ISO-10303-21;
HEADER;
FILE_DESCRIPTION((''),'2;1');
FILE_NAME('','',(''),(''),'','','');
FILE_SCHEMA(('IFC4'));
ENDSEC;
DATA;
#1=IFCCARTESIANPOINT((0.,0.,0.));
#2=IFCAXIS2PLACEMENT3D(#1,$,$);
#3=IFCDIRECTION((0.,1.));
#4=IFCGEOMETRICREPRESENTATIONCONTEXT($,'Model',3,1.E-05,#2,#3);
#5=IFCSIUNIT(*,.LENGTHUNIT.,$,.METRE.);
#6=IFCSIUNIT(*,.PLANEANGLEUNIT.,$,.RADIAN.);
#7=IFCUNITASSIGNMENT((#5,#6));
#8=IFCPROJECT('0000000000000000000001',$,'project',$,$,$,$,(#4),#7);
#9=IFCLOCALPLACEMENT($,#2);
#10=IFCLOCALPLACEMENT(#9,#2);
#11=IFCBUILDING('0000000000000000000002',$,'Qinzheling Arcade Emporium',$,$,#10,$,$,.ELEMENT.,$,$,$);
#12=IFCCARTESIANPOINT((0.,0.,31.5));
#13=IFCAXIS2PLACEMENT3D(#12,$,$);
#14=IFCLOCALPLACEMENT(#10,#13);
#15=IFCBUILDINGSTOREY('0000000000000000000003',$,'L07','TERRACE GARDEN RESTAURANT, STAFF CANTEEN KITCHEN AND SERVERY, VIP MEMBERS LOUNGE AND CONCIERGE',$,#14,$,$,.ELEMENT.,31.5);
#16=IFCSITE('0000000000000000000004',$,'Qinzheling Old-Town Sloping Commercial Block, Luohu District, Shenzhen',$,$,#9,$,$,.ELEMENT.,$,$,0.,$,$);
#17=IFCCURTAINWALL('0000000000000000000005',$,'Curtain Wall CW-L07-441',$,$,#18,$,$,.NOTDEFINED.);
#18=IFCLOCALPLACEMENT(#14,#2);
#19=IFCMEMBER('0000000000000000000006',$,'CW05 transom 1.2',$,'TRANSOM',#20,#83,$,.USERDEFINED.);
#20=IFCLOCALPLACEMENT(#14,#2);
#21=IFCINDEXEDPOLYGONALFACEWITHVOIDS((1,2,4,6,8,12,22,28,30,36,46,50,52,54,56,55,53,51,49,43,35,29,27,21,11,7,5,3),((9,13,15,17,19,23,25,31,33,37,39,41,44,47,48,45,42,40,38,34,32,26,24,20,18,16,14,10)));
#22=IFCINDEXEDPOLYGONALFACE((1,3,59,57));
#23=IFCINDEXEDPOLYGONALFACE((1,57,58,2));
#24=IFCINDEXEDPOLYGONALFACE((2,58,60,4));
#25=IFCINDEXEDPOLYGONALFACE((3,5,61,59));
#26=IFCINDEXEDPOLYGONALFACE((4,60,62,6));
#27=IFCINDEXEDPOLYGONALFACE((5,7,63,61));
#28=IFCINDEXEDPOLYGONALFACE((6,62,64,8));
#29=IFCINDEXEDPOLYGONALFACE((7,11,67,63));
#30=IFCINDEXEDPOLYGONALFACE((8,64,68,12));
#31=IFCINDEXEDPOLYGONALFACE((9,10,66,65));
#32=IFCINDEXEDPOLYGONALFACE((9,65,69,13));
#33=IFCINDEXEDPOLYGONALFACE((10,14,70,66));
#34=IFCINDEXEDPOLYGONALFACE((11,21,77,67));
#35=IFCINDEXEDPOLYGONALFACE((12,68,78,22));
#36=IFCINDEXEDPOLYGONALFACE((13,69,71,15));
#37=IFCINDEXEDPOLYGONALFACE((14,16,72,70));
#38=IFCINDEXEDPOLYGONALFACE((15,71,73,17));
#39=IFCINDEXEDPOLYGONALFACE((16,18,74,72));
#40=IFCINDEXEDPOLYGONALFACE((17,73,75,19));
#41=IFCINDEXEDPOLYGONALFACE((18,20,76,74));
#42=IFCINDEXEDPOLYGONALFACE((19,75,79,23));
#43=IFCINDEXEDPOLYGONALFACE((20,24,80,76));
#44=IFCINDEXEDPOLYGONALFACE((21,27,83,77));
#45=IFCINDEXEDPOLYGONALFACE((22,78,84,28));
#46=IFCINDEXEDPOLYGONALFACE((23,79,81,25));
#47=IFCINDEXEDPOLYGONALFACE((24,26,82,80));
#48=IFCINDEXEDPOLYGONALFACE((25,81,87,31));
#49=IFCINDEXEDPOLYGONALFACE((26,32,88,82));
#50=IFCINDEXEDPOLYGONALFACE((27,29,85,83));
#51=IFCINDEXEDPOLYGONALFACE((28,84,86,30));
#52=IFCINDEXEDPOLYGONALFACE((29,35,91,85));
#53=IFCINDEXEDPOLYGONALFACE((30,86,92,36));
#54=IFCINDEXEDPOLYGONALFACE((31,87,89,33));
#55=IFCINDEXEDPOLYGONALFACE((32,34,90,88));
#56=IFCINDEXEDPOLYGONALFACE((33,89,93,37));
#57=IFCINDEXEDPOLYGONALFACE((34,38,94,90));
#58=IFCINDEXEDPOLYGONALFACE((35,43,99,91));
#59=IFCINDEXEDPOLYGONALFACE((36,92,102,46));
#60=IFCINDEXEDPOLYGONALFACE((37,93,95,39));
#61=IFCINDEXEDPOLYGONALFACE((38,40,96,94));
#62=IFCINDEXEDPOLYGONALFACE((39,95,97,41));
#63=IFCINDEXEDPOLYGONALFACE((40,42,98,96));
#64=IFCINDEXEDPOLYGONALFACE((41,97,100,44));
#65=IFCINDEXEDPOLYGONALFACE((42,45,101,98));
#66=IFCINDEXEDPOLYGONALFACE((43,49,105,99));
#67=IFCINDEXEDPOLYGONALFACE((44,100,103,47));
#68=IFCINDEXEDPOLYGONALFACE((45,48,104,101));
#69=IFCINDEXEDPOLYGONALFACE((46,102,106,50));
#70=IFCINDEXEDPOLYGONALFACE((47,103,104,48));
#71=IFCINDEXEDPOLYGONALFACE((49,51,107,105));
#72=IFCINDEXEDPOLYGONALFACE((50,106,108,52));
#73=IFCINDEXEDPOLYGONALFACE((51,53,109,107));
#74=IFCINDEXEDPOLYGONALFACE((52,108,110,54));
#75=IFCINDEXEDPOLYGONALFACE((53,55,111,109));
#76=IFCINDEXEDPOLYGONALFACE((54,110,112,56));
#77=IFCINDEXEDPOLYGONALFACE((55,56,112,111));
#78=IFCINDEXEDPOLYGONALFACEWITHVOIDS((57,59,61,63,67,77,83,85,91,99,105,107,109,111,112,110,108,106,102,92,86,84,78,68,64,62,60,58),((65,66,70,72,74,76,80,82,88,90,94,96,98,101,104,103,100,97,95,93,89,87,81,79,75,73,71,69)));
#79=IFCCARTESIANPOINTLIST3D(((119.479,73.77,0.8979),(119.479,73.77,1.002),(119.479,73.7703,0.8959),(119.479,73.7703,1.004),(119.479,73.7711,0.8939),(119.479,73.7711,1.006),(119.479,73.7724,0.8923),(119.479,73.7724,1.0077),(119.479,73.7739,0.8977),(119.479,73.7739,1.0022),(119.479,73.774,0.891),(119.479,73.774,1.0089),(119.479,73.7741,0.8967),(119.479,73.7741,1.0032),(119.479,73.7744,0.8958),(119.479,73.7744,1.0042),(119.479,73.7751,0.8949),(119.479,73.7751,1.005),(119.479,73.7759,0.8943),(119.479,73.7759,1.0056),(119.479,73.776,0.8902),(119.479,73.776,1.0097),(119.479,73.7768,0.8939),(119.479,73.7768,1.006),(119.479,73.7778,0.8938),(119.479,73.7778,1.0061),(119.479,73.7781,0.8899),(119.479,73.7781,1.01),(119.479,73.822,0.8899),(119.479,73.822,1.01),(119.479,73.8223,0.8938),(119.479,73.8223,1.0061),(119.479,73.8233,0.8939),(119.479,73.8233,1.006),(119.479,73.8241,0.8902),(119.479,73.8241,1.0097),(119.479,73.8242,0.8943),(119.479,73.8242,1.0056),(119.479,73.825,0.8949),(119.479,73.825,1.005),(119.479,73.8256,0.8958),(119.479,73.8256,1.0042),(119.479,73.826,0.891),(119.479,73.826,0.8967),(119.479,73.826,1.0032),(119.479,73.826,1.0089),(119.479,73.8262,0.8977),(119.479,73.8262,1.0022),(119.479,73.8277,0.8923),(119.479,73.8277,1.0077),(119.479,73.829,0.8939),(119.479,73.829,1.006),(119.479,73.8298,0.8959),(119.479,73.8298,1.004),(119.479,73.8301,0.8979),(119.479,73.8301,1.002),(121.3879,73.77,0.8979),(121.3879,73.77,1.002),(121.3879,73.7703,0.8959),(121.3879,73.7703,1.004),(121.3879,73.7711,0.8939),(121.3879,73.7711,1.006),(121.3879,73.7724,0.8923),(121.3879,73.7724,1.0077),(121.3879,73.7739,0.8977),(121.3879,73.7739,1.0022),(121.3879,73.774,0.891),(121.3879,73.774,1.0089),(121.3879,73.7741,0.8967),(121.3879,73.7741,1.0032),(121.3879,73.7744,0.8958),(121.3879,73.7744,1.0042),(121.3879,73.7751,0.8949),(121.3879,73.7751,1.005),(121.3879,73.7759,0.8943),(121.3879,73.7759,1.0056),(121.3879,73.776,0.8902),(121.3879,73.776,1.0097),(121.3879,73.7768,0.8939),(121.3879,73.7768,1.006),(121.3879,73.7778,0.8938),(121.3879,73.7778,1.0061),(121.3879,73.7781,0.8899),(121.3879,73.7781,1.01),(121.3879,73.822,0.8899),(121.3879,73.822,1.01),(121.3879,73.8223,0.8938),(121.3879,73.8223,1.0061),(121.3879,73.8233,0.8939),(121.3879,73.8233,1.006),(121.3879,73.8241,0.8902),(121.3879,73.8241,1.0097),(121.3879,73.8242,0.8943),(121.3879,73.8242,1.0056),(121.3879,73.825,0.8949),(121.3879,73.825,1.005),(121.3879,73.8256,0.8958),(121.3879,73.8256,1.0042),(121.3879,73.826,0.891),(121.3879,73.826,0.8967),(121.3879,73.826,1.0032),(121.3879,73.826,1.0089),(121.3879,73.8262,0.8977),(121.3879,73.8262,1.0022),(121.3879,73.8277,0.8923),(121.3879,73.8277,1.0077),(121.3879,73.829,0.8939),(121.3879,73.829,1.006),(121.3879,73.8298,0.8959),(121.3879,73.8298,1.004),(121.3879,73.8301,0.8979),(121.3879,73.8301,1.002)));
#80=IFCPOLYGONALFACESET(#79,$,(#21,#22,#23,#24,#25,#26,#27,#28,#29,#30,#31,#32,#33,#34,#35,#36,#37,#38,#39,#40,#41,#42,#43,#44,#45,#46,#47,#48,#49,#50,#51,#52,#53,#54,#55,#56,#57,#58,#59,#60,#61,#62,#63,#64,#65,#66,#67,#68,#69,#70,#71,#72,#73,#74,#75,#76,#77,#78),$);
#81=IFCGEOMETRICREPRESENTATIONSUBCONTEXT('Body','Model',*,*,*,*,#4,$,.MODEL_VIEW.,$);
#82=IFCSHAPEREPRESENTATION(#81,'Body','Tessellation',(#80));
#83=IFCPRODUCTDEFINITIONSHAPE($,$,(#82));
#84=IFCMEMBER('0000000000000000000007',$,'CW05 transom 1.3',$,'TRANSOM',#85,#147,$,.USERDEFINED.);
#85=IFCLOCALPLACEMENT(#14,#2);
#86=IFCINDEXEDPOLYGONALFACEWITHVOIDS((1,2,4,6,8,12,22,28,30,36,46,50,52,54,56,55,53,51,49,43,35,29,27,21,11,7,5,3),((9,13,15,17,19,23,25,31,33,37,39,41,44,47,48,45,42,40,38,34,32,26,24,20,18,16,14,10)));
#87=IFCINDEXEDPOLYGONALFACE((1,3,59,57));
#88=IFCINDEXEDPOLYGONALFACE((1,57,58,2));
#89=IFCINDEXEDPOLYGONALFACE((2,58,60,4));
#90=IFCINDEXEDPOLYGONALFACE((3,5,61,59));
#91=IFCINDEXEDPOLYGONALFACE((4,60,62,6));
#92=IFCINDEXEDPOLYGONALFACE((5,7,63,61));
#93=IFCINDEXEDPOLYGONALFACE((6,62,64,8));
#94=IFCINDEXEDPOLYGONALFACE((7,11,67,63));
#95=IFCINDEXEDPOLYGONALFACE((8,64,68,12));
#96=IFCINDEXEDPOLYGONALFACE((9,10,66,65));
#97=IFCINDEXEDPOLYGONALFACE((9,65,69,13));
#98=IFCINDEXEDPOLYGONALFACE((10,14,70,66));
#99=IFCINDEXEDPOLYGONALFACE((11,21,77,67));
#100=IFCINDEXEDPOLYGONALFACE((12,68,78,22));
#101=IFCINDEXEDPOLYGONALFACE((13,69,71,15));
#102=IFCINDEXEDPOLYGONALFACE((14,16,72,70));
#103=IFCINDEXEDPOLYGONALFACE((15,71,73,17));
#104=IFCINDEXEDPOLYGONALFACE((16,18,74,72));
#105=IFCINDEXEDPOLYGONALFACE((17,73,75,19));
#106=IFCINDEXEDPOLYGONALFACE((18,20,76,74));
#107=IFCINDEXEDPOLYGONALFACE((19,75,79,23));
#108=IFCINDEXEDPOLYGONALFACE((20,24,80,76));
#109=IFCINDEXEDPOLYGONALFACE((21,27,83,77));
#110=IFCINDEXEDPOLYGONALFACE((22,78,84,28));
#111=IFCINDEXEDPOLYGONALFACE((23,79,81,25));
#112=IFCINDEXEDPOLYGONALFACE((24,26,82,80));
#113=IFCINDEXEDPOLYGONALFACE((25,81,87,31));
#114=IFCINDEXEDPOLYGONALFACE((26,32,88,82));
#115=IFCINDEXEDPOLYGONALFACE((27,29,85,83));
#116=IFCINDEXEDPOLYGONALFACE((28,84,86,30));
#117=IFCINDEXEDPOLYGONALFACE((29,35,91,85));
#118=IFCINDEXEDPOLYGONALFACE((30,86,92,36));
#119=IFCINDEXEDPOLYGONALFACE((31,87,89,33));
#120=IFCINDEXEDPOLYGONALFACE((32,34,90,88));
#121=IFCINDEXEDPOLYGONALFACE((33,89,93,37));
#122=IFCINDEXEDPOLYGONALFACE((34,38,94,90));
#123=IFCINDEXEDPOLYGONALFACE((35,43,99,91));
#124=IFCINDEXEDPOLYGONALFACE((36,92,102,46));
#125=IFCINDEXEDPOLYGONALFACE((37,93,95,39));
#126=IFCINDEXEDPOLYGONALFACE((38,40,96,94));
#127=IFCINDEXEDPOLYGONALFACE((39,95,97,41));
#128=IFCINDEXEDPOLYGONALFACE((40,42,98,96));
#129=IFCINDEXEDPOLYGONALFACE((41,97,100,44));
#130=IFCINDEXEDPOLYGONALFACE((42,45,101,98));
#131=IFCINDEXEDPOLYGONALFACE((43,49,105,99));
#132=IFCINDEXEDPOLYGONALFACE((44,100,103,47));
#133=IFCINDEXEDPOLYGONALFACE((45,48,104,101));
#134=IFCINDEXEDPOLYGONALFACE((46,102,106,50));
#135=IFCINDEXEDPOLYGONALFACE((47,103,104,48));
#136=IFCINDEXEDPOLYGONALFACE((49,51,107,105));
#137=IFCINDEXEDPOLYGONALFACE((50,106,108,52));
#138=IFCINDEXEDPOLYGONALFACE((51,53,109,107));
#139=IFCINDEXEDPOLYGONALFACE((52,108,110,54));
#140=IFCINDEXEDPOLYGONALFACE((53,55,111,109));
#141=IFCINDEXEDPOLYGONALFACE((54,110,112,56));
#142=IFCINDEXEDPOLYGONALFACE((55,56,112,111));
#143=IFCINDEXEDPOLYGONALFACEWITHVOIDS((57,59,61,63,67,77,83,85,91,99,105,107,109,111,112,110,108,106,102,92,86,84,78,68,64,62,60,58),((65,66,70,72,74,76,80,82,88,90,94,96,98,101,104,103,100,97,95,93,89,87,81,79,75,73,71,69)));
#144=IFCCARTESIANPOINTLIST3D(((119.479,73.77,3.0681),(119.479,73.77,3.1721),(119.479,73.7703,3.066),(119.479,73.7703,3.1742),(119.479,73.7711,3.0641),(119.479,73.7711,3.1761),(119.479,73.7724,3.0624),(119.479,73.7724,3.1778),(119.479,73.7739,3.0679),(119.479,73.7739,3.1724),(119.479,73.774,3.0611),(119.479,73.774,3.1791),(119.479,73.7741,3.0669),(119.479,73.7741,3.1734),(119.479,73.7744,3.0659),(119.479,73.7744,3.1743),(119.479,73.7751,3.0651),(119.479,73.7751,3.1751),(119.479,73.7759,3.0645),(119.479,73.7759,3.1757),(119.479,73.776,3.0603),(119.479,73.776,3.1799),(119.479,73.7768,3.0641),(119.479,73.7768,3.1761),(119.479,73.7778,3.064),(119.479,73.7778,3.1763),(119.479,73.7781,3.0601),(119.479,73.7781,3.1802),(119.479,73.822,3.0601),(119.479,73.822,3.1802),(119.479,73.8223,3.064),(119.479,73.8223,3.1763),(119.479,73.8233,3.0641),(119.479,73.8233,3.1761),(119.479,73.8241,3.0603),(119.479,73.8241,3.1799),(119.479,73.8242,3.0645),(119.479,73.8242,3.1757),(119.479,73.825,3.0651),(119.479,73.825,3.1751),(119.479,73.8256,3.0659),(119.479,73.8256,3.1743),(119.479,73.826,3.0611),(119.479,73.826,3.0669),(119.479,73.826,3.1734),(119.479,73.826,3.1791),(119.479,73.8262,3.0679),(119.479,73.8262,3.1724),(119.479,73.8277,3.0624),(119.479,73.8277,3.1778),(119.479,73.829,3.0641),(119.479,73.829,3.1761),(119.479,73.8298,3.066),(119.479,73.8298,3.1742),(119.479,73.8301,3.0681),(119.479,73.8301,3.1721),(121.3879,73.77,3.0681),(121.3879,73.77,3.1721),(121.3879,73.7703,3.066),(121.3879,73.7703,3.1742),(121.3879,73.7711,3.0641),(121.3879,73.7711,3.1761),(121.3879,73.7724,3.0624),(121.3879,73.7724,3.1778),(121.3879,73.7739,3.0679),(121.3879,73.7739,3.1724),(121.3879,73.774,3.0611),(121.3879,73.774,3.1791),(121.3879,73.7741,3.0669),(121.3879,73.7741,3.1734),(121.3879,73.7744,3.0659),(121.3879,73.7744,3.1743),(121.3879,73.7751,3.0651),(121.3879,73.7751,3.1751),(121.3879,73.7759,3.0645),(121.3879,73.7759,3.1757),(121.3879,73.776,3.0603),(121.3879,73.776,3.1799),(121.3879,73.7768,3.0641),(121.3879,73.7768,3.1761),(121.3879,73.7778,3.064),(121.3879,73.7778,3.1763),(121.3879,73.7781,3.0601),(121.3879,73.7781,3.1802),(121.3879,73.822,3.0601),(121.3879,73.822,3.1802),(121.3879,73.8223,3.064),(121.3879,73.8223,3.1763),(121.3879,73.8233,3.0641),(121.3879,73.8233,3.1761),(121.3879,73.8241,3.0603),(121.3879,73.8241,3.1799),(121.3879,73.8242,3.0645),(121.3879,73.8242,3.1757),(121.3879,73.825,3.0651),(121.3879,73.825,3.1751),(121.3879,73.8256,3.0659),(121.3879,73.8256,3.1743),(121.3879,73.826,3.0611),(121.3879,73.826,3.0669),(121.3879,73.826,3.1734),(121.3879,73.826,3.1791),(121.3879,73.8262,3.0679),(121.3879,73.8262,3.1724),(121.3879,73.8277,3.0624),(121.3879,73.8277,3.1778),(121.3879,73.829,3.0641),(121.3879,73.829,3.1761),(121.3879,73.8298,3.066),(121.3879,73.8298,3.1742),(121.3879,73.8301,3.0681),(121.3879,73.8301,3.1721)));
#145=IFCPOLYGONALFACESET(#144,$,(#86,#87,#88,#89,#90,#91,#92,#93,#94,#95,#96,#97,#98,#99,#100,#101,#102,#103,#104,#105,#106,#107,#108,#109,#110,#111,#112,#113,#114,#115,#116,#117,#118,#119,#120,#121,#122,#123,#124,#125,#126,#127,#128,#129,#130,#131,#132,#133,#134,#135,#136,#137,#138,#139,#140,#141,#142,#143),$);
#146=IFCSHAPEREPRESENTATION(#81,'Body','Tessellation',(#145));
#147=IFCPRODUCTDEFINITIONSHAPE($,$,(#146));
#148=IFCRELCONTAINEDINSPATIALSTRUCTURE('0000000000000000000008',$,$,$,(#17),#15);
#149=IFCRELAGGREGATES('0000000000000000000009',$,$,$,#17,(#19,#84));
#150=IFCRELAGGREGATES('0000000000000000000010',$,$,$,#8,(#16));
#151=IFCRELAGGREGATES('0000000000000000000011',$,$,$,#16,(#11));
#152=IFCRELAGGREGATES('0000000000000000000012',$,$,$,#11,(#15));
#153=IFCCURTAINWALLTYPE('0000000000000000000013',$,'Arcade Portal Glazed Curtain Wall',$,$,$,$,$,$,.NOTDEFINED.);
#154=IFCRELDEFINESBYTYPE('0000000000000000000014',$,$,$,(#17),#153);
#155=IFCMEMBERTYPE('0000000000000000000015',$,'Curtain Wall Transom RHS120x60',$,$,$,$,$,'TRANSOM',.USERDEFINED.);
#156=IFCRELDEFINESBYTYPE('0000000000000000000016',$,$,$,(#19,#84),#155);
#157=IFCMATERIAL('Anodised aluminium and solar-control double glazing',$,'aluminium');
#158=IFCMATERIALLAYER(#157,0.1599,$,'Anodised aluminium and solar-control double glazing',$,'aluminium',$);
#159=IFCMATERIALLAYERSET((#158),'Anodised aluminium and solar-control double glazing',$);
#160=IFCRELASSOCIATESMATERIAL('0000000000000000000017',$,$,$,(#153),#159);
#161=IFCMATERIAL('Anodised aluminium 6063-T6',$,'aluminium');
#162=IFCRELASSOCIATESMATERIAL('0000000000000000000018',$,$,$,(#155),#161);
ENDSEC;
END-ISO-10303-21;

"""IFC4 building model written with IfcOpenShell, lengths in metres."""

from ifc_helpers import new_model, si_unit, direction, frame, origin, origin_2d, place, context, subcontext, project, spatial, hollow_rectangle, extrude, material, layer, layer_set, material_profile, profile_set, type_object, element, aggregate, save


model = new_model("IFC4")

# Units and contexts
model_context = context("Model", 3, precision=1e-05, world=origin(), true_north=direction((0.0, 1.0)))
body_context = subcontext(model_context, "Body", "Model", "MODEL_VIEW")
ifc_project = project(units=[si_unit("LENGTHUNIT", "METRE"), si_unit("PLANEANGLEUNIT", "RADIAN")], contexts=[model_context])

# Site, building, storey
site_placement = place(None, origin())
site = spatial("IfcSite", under=ifc_project, at=site_placement, Name="Qinzheling Old-Town Sloping Commercial Block, Luohu District, Shenzhen", CompositionType="ELEMENT", RefElevation=0.0)
building_placement = place(site_placement, origin())
building = spatial("IfcBuilding", under=site, at=building_placement, Name="Qinzheling Arcade Emporium", CompositionType="ELEMENT")
storey_placement = place(building_placement, frame((0.0, 0.0, 31.5)))
storey = spatial("IfcBuildingStorey", under=building, at=storey_placement, Name="L07", Description="TERRACE GARDEN RESTAURANT, STAFF CANTEEN KITCHEN AND SERVERY, VIP MEMBERS LOUNGE AND CONCIERGE", CompositionType="ELEMENT", Elevation=31.5)

# Curtain wall, members
ifc_material_1 = material(Name="Anodised aluminium and solar-control double glazing", Category="aluminium")
ifc_layer_1 = layer(ifc_material_1, 0.1599, Name="Anodised aluminium and solar-control double glazing", Category="aluminium")
ifc_layer_set_1 = layer_set([ifc_layer_1], Name="Anodised aluminium and solar-control double glazing")
curtain_wall_type = type_object("IfcCurtainWallType", Name="Arcade Portal Glazed Curtain Wall", PredefinedType="NOTDEFINED", material=ifc_layer_set_1)
curtain_wall_placement = place(storey_placement, origin())
curtain_wall = element("IfcCurtainWall", 1, at=curtain_wall_placement, inside=storey, type_object=curtain_wall_type, Name="Curtain Wall CW-L07-441", PredefinedType="NOTDEFINED")
ifc_material_2 = material(Name="Anodised aluminium 6063-T6", Category="aluminium")
ifc_material_profile_1 = material_profile(ifc_material_2, hollow_rectangle(XDim=0.0601, YDim=0.1201, WallThickness=0.0039, InnerFilletRadius=0.0039, OuterFilletRadius=0.0081, at=origin_2d()), Name="RHS 120x60x4", Category="aluminium")
ifc_profile_set_1 = profile_set([ifc_material_profile_1], Name="Anodised aluminium 6063-T6")
member_type_1 = type_object("IfcMemberType", Name="Curtain Wall Transom RHS120x60", ElementType="TRANSOM", PredefinedType="USERDEFINED", material=ifc_profile_set_1)
member_1_placement = place(storey_placement, frame((121.3879, 73.8, 0.95), z_axis=(-1.0, 0.0, 0.0), x_axis=(0.0, -1.0, 0.0)))
member_1 = element("IfcMember", 2, at=member_1_placement, type_object=member_type_1, Name="CW05 transom 1.2", ObjectType="TRANSOM", PredefinedType="USERDEFINED", context=body_context, shape_type="SweptSolid", body=[
    extrude(hollow_rectangle(XDim=0.0601, YDim=0.1201, WallThickness=0.0039, InnerFilletRadius=0.0039, OuterFilletRadius=0.0081, at=origin_2d()), origin(), (0.0, 0.0, 1.0), 1.9089),
])
member_2_placement = place(storey_placement, frame((121.3879, 73.8, 3.1201), z_axis=(-1.0, 0.0, 0.0), x_axis=(0.0, -1.0, 0.0)))
member_2 = element("IfcMember", 3, at=member_2_placement, type_object=member_type_1, Name="CW05 transom 1.3", ObjectType="TRANSOM", PredefinedType="USERDEFINED", context=body_context, shape_type="SweptSolid", body=[
    extrude(hollow_rectangle(XDim=0.0601, YDim=0.1201, WallThickness=0.0039, InnerFilletRadius=0.0039, OuterFilletRadius=0.0081, at=origin_2d()), origin(), (0.0, 0.0, 1.0), 1.9089),
])
aggregate(curtain_wall, [member_1, member_2])

save(model, "model.ifc")
